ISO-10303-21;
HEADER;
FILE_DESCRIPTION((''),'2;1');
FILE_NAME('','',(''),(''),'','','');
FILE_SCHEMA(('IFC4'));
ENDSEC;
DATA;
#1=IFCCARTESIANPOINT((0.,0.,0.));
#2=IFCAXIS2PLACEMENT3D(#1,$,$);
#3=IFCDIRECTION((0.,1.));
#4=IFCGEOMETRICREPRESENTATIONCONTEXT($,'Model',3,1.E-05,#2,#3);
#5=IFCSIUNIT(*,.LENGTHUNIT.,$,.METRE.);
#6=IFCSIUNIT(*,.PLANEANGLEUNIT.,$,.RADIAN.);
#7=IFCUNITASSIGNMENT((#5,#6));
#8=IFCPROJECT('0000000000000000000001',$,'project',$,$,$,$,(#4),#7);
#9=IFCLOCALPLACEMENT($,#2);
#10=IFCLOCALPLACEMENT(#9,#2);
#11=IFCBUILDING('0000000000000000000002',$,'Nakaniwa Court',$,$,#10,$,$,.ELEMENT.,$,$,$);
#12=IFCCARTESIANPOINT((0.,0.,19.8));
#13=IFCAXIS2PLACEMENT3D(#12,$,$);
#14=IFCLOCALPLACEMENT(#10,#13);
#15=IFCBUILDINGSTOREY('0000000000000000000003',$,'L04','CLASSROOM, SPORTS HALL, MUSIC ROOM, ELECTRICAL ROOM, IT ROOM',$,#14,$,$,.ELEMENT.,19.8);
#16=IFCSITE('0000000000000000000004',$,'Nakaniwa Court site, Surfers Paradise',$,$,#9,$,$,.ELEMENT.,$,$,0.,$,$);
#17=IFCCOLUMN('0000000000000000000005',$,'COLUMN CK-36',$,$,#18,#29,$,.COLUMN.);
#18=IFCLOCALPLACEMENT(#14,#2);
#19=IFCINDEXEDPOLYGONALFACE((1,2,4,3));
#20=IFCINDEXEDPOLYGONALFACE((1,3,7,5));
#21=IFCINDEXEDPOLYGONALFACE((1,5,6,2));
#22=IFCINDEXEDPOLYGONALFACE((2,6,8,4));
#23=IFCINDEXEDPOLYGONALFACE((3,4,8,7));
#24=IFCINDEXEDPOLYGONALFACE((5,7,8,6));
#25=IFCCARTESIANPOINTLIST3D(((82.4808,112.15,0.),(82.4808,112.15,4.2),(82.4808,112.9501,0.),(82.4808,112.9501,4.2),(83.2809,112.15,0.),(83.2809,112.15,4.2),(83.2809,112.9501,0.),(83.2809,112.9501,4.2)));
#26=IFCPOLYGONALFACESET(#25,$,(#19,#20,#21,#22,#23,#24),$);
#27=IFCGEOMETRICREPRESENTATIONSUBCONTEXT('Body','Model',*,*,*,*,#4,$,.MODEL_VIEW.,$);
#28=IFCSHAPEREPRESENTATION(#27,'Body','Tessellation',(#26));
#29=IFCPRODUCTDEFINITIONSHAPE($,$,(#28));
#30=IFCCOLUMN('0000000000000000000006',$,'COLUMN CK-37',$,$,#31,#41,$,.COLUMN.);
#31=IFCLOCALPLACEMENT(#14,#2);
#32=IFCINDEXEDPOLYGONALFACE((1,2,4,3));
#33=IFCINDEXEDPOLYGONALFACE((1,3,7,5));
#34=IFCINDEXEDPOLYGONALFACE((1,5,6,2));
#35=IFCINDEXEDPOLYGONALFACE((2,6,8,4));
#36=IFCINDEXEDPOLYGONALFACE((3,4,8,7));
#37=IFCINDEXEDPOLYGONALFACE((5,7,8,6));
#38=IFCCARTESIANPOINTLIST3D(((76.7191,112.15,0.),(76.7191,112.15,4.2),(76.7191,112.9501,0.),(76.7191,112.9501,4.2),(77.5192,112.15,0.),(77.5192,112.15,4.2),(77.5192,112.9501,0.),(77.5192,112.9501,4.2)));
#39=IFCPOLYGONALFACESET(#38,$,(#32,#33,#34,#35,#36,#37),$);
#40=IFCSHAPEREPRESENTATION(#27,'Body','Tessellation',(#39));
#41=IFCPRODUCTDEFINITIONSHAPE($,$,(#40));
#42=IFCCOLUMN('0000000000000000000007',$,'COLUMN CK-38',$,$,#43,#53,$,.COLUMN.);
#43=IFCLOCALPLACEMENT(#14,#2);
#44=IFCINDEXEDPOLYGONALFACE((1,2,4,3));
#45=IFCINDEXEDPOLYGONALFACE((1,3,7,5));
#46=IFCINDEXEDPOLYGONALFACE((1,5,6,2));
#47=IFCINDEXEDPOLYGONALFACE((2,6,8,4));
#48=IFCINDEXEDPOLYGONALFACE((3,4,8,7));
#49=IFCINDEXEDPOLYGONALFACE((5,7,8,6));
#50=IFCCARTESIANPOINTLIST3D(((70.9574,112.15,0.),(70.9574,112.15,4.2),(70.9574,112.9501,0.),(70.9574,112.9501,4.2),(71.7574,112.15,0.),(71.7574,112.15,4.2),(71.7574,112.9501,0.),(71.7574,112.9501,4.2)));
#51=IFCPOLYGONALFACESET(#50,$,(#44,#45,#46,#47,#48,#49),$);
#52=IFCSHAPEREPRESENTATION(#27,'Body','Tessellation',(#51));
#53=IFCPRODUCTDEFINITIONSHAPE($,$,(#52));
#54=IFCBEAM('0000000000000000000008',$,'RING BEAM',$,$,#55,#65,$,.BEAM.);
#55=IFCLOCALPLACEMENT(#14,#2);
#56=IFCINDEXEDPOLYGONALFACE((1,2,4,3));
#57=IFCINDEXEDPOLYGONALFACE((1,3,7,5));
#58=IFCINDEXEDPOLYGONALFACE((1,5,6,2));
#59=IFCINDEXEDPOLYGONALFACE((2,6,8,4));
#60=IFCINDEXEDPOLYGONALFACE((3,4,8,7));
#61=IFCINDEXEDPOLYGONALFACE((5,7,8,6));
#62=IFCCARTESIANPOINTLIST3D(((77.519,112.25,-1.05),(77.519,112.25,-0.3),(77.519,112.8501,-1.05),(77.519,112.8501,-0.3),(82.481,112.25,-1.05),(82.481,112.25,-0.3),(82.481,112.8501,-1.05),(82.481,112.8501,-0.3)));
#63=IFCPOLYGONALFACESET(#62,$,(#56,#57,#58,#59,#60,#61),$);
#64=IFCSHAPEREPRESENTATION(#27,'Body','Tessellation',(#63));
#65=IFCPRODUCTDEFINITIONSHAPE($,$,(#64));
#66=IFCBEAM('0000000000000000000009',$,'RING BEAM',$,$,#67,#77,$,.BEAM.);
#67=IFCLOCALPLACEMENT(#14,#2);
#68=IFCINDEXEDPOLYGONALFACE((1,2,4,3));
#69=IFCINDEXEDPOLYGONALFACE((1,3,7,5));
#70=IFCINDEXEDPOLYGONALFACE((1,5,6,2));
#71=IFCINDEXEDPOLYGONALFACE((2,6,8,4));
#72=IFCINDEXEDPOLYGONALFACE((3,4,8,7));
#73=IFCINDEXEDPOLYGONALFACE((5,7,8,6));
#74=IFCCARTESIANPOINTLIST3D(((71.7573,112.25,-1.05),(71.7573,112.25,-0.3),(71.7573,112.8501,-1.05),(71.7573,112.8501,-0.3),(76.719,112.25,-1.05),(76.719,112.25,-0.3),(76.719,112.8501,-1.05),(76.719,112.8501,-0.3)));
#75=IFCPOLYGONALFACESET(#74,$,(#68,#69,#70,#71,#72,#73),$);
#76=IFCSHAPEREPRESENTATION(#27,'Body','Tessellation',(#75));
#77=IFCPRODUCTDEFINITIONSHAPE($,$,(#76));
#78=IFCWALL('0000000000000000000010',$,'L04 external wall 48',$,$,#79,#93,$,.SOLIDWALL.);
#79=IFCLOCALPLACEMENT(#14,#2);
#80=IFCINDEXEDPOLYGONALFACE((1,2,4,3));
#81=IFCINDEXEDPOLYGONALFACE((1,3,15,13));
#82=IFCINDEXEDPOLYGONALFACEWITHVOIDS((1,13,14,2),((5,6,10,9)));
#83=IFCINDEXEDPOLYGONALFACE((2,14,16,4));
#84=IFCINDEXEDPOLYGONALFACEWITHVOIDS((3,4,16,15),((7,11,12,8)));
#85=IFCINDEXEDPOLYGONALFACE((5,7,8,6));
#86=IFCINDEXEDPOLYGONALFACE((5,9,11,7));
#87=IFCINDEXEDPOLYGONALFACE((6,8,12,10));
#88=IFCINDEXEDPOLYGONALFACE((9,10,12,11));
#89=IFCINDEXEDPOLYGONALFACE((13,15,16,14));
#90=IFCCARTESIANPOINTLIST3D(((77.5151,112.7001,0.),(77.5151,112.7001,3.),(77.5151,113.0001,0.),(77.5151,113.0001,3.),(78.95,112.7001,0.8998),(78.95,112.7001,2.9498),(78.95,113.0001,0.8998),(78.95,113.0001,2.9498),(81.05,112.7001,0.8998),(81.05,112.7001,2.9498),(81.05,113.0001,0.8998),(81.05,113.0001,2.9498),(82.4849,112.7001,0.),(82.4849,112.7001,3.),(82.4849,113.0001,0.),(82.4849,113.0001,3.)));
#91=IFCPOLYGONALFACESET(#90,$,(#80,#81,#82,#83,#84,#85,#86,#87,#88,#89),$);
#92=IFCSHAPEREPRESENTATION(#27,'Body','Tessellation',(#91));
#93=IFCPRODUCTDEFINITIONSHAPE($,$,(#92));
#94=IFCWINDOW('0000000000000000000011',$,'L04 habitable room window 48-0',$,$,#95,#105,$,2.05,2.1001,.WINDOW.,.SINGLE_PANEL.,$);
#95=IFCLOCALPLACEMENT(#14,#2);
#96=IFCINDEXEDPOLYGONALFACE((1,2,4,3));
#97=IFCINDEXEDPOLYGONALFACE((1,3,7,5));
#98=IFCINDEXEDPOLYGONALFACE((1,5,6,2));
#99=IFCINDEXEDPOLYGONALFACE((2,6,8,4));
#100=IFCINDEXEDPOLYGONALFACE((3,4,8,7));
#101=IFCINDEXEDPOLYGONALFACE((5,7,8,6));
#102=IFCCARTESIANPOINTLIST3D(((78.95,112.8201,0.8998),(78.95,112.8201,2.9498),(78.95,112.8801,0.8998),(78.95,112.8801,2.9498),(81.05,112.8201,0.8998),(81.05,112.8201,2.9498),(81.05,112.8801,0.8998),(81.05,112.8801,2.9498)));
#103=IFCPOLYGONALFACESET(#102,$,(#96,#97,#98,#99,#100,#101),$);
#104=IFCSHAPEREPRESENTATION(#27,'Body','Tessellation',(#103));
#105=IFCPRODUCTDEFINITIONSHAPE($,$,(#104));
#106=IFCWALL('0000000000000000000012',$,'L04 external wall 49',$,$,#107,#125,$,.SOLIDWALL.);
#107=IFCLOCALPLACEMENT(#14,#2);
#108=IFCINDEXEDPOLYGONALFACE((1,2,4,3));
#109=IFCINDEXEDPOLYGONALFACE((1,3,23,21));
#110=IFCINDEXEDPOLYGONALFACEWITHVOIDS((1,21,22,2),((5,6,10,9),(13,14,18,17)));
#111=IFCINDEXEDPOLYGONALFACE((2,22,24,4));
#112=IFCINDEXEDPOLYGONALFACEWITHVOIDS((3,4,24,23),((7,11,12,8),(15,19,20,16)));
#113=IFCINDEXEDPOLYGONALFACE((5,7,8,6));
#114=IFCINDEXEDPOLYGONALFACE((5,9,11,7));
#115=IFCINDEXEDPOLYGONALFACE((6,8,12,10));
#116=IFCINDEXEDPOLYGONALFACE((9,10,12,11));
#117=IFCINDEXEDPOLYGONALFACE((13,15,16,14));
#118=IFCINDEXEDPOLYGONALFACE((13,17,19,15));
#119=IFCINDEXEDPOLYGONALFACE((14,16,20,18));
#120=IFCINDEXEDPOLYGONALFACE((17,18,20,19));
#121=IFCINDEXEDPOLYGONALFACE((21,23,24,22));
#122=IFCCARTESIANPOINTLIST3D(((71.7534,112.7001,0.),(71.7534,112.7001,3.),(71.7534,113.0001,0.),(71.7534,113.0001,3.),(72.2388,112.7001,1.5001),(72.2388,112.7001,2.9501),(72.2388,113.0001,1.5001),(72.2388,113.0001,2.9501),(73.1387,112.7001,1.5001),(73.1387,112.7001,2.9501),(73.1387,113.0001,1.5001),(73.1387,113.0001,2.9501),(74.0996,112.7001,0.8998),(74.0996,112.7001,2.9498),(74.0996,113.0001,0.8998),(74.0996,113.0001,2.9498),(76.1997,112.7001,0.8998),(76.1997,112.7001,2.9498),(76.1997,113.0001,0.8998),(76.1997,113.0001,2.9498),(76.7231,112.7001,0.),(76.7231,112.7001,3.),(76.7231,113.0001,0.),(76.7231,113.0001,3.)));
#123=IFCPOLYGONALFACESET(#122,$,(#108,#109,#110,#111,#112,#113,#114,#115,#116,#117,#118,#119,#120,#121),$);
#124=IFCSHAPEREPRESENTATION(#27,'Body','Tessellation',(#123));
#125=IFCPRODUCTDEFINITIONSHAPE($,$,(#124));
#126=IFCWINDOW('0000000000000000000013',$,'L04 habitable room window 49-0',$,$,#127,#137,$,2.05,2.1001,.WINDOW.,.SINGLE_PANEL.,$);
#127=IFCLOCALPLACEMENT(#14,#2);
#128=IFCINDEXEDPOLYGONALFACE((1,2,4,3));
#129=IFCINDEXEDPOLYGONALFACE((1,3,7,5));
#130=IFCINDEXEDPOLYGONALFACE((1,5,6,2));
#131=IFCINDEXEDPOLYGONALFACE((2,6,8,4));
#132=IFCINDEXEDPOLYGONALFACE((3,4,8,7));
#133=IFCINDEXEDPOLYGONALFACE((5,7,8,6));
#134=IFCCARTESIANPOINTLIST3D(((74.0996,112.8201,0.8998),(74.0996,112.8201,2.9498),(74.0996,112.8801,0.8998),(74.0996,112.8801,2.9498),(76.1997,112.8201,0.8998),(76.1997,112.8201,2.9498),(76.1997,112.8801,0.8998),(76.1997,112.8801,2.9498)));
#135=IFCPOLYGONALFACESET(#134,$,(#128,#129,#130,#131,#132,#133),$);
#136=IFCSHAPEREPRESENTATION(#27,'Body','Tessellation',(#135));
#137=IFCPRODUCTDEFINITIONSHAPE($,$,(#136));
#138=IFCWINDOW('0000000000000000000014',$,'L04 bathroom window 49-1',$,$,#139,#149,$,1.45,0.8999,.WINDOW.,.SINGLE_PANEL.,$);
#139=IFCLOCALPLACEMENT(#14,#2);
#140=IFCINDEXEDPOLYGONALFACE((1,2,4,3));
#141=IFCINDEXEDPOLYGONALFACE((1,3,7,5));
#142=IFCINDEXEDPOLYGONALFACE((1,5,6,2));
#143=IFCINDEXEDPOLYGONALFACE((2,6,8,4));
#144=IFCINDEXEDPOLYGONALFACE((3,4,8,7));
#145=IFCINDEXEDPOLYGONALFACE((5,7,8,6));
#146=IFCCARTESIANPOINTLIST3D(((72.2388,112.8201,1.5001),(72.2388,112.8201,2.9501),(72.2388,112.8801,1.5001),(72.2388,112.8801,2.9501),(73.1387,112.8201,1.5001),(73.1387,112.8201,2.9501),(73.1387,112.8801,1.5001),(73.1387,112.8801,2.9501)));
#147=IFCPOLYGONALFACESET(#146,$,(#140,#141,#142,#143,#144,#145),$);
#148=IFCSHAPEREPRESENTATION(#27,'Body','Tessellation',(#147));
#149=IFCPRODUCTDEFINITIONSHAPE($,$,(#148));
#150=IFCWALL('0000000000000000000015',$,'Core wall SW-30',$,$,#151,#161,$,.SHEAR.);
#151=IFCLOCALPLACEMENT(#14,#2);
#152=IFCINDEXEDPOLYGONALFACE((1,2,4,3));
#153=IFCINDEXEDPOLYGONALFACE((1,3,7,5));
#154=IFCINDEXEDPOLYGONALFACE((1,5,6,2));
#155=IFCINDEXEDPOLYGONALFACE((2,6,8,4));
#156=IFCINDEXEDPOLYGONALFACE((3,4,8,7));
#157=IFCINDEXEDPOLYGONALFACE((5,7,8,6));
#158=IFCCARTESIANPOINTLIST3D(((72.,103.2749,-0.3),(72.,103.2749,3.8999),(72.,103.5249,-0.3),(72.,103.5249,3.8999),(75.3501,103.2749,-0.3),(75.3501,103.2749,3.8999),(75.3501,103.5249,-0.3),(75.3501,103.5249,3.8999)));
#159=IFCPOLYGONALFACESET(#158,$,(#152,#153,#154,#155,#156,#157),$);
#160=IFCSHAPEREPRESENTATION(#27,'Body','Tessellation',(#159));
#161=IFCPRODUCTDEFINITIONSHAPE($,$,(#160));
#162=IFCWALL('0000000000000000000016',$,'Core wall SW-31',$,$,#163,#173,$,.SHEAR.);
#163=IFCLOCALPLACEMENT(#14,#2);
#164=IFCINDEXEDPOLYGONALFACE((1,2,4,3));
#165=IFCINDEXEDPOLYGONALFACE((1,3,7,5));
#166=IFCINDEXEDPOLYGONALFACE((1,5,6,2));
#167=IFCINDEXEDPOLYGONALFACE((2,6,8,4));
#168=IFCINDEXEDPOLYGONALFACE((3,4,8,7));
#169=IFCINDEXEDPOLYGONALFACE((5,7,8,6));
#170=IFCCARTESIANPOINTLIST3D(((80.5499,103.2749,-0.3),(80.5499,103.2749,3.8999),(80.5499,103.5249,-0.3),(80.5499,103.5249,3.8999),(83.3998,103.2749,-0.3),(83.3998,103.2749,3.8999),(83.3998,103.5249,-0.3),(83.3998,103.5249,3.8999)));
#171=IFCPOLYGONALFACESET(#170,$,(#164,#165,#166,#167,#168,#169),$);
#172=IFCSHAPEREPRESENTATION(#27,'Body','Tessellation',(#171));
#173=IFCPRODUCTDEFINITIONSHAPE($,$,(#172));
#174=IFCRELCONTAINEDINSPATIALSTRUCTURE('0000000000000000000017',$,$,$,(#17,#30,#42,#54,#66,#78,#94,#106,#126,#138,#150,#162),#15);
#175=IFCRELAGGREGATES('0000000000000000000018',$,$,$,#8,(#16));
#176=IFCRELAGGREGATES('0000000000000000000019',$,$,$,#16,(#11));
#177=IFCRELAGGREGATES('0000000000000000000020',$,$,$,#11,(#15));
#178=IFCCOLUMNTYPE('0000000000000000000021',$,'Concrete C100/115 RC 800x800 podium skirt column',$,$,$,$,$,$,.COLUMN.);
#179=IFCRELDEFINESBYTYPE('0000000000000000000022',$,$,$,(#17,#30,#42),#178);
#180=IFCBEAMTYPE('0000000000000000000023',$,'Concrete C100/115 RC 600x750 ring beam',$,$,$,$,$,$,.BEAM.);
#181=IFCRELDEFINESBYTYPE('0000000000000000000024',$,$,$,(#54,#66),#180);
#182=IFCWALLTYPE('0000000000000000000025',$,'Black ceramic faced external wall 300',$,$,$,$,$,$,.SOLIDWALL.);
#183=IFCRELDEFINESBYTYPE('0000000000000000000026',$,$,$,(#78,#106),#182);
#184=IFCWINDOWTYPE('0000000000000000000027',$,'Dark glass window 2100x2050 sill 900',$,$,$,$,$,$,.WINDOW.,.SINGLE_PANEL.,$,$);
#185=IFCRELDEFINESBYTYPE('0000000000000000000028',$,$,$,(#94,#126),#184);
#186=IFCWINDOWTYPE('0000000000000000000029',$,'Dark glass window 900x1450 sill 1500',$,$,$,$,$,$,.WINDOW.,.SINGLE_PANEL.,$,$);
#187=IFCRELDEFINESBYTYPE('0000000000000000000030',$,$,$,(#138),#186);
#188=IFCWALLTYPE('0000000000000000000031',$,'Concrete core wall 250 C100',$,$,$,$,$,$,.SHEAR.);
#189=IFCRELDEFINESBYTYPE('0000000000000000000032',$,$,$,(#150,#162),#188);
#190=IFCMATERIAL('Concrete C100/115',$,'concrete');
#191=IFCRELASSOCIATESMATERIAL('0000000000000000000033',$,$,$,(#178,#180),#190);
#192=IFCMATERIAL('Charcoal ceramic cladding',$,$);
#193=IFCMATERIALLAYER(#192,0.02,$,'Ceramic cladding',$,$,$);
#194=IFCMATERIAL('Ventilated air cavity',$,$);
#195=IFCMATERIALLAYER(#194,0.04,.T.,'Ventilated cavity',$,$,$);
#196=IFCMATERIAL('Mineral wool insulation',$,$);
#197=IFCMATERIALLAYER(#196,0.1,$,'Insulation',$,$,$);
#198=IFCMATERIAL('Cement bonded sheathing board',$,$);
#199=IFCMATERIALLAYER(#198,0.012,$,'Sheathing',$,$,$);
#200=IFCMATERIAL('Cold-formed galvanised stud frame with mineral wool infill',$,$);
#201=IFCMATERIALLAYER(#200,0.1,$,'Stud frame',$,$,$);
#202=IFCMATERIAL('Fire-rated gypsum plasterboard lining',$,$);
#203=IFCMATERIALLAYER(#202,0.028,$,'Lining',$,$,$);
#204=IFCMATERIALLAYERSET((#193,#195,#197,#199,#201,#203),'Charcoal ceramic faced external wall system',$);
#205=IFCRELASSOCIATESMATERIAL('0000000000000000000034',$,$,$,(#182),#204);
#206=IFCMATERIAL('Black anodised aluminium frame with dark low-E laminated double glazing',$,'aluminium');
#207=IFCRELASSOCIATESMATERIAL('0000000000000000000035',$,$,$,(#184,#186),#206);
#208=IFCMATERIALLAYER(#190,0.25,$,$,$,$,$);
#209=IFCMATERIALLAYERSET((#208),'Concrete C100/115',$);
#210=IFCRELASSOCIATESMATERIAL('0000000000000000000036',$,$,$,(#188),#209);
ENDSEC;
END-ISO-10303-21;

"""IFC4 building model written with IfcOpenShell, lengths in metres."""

from ifc_helpers import new_model, si_unit, direction, frame, frame_2d, origin, origin_2d, place, context, subcontext, project, spatial, rectangle, extrude, material, layer, layer_set, material_profile, profile_set, type_object, element, fill, save


model = new_model("IFC4")

# Units and contexts
model_context = context("Model", 3, precision=1e-05, world=origin(), true_north=direction((0.0, 1.0)))
body_context = subcontext(model_context, "Body", "Model", "MODEL_VIEW")
ifc_project = project(units=[si_unit("LENGTHUNIT", "METRE"), si_unit("PLANEANGLEUNIT", "RADIAN")], contexts=[model_context])

# Site, building, storey
site_placement = place(None, origin())
site = spatial("IfcSite", under=ifc_project, at=site_placement, Name="Nakaniwa Court site, Surfers Paradise", CompositionType="ELEMENT", RefElevation=0.0)
building_placement = place(site_placement, origin())
building = spatial("IfcBuilding", under=site, at=building_placement, Name="Nakaniwa Court", CompositionType="ELEMENT")
storey_placement = place(building_placement, frame((0.0, 0.0, 19.8)))
storey = spatial("IfcBuildingStorey", under=building, at=storey_placement, Name="L04", Description="CLASSROOM, SPORTS HALL, MUSIC ROOM, ELECTRICAL ROOM, IT ROOM", CompositionType="ELEMENT", Elevation=19.8)

# Columns
ifc_material_1 = material(Name="Concrete C100/115", Category="concrete")
ifc_material_profile_1 = material_profile(ifc_material_1, rectangle(XDim=0.8, YDim=0.8, at=origin_2d()), Name="Concrete C100/115 RC 800x800 podium skirt column")
ifc_profile_set_1 = profile_set([ifc_material_profile_1], Name="Concrete C100/115")
column_type = type_object("IfcColumnType", Name="Concrete C100/115 RC 800x800 podium skirt column", PredefinedType="COLUMN", material=ifc_profile_set_1)
for number, where, z_axis, x_axis, name in (
    (1, (82.8809, 112.55, 0.0), (0.0, 0.0, 1.0), (-1.0, 0.0, 0.0), "COLUMN CK-36"),
    (2, (77.1191, 112.55, 0.0), (0.0, 0.0, 1.0), (-1.0, 0.0, 0.0), "COLUMN CK-37"),
    (3, (71.3574, 112.55, 0.0), (0.0, 0.0, 1.0), (-1.0, 0.0, 0.0), "COLUMN CK-38"),
):
    element("IfcColumn", number, at=place(storey_placement, frame(where, z_axis=z_axis, x_axis=x_axis)), inside=storey, type_object=column_type, Name=name, PredefinedType="COLUMN", context=body_context, shape_type="SweptSolid", body=[
        extrude(rectangle(XDim=0.8, YDim=0.8, at=origin_2d()), origin(), (0.0, 0.0, 1.0), 4.2),
    ])

# Beams
ifc_material_profile_2 = material_profile(ifc_material_1, rectangle(XDim=0.6001, YDim=0.75, at=origin_2d()), Name="Concrete C100/115 RC 600x750 ring beam")
ifc_profile_set_2 = profile_set([ifc_material_profile_2], Name="Concrete C100/115")
beam_type = type_object("IfcBeamType", Name="Concrete C100/115 RC 600x750 ring beam", PredefinedType="BEAM", material=ifc_profile_set_2)
beam_1_placement = place(storey_placement, frame((82.481, 112.55, -0.675), z_axis=(-1.0, 0.0, 0.0), x_axis=(0.0, -1.0, 0.0)))
element("IfcBeam", 4, at=beam_1_placement, inside=storey, type_object=beam_type, Name="RING BEAM", PredefinedType="BEAM", context=body_context, shape_type="SweptSolid", body=[
    extrude(rectangle(XDim=0.6001, YDim=0.75, at=origin_2d()), origin(), (0.0, 0.0, 1.0), 4.9619),
])
beam_2_placement = place(storey_placement, frame((76.719, 112.55, -0.675), z_axis=(-1.0, 0.0, 0.0), x_axis=(0.0, -1.0, 0.0)))
element("IfcBeam", 5, at=beam_2_placement, inside=storey, type_object=beam_type, Name="RING BEAM", PredefinedType="BEAM", context=body_context, shape_type="SweptSolid", body=[
    extrude(rectangle(XDim=0.6001, YDim=0.75, at=origin_2d()), origin(), (0.0, 0.0, 1.0), 4.9617),
])

# Wall, opening, window
ifc_material_2 = material(Name="Charcoal ceramic cladding")
ifc_layer_1 = layer(ifc_material_2, 0.02, Name="Ceramic cladding")
ifc_material_3 = material(Name="Ventilated air cavity")
ifc_layer_2 = layer(ifc_material_3, 0.04, ventilated=True, Name="Ventilated cavity")
ifc_material_4 = material(Name="Mineral wool insulation")
ifc_layer_3 = layer(ifc_material_4, 0.1, Name="Insulation")
ifc_material_5 = material(Name="Cement bonded sheathing board")
ifc_layer_4 = layer(ifc_material_5, 0.012, Name="Sheathing")
ifc_material_6 = material(Name="Cold-formed galvanised stud frame with mineral wool infill")
ifc_layer_5 = layer(ifc_material_6, 0.1, Name="Stud frame")
ifc_material_7 = material(Name="Fire-rated gypsum plasterboard lining")
ifc_layer_6 = layer(ifc_material_7, 0.028, Name="Lining")
ifc_layer_set_1 = layer_set([ifc_layer_1, ifc_layer_2, ifc_layer_3, ifc_layer_4, ifc_layer_5, ifc_layer_6], Name="Charcoal ceramic faced external wall system")
wall_type_1 = type_object("IfcWallType", Name="Black ceramic faced external wall 300", PredefinedType="SOLIDWALL", material=ifc_layer_set_1)
wall_1_placement = place(storey_placement, frame((82.4849, 112.8501, 0.0), z_axis=(0.0, 0.0, 1.0), x_axis=(-1.0, 0.0, 0.0)))
wall_1 = element("IfcWall", 6, at=wall_1_placement, inside=storey, type_object=wall_type_1, Name="L04 external wall 48", PredefinedType="SOLIDWALL", context=body_context, shape_type="SweptSolid", body=[
    extrude(rectangle(XDim=4.9697, YDim=0.3, at=frame_2d((2.4849, 0.0))), origin(), (0.0, 0.0, 1.0), 3.0),
])
opening_1_placement = place(wall_1_placement, frame((1.4348, 0.0, 0.8999)))
opening_1 = element("IfcOpeningElement", 7, at=opening_1_placement, cuts=wall_1, PredefinedType="OPENING", context=body_context, shape_type="SweptSolid", body=[
    extrude(rectangle(XDim=2.1001, YDim=2.05, at=frame_2d((1.05, 1.0249))), frame((0.0, 0.1599, 0.0), z_axis=(0.0, -1.0, 0.0), x_axis=(1.0, 0.0, 0.0)), (0.0, 0.0, 1.0), 0.3201),
])
ifc_material_8 = material(Name="Black anodised aluminium frame with dark low-E laminated double glazing", Category="aluminium")
window_type_1 = type_object("IfcWindowType", Name="Dark glass window 2100x2050 sill 900", PartitioningType="SINGLE_PANEL", PredefinedType="WINDOW", material=ifc_material_8)
window_1_placement = place(opening_1_placement, origin())
window_1 = element("IfcWindow", 8, at=window_1_placement, inside=storey, type_object=window_type_1, Name="L04 habitable room window 48-0", OverallHeight=2.05, OverallWidth=2.1001, PartitioningType="SINGLE_PANEL", PredefinedType="WINDOW", context=body_context, shape_type="SweptSolid", body=[
    extrude(rectangle(XDim=2.1001, YDim=2.05, at=frame_2d((1.05, 1.0249))), frame((0.0, 0.03, 0.0), z_axis=(0.0, -1.0, 0.0), x_axis=(1.0, 0.0, 0.0)), (0.0, 0.0, 1.0), 0.0601),
])
fill(opening_1, window_1)

# Wall, openings, windows
wall_2_placement = place(storey_placement, frame((76.7231, 112.8501, 0.0), z_axis=(0.0, 0.0, 1.0), x_axis=(-1.0, 0.0, 0.0)))
wall_2 = element("IfcWall", 9, at=wall_2_placement, inside=storey, type_object=wall_type_1, Name="L04 external wall 49", PredefinedType="SOLIDWALL", context=body_context, shape_type="SweptSolid", body=[
    extrude(rectangle(XDim=4.9697, YDim=0.3, at=frame_2d((2.4849, 0.0))), origin(), (0.0, 0.0, 1.0), 3.0),
])
opening_2_placement = place(wall_2_placement, frame((0.5234, 0.0, 0.8999)))
opening_2 = element("IfcOpeningElement", 10, at=opening_2_placement, cuts=wall_2, PredefinedType="OPENING", context=body_context, shape_type="SweptSolid", body=[
    extrude(rectangle(XDim=2.1001, YDim=2.05, at=frame_2d((1.05, 1.0249))), frame((0.0, 0.1599, 0.0), z_axis=(0.0, -1.0, 0.0), x_axis=(1.0, 0.0, 0.0)), (0.0, 0.0, 1.0), 0.3201),
])
opening_3_placement = place(wall_2_placement, frame((3.5845, 0.0, 1.5)))
opening_3 = element("IfcOpeningElement", 11, at=opening_3_placement, cuts=wall_2, PredefinedType="OPENING", context=body_context, shape_type="SweptSolid", body=[
    extrude(rectangle(XDim=0.8999, YDim=1.45, at=frame_2d((0.45, 0.7251))), frame((0.0, 0.1599, 0.0), z_axis=(0.0, -1.0, 0.0), x_axis=(1.0, 0.0, 0.0)), (0.0, 0.0, 1.0), 0.3201),
])
window_2_placement = place(opening_2_placement, origin())
window_2 = element("IfcWindow", 12, at=window_2_placement, inside=storey, type_object=window_type_1, Name="L04 habitable room window 49-0", OverallHeight=2.05, OverallWidth=2.1001, PartitioningType="SINGLE_PANEL", PredefinedType="WINDOW", context=body_context, shape_type="SweptSolid", body=[
    extrude(rectangle(XDim=2.1001, YDim=2.05, at=frame_2d((1.05, 1.0249))), frame((0.0, 0.03, 0.0), z_axis=(0.0, -1.0, 0.0), x_axis=(1.0, 0.0, 0.0)), (0.0, 0.0, 1.0), 0.0601),
])
fill(opening_2, window_2)
window_type_2 = type_object("IfcWindowType", Name="Dark glass window 900x1450 sill 1500", PartitioningType="SINGLE_PANEL", PredefinedType="WINDOW", material=ifc_material_8)
window_3_placement = place(opening_3_placement, origin())
window_3 = element("IfcWindow", 13, at=window_3_placement, inside=storey, type_object=window_type_2, Name="L04 bathroom window 49-1", OverallHeight=1.45, OverallWidth=0.8999, PartitioningType="SINGLE_PANEL", PredefinedType="WINDOW", context=body_context, shape_type="SweptSolid", body=[
    extrude(rectangle(XDim=0.8999, YDim=1.45, at=frame_2d((0.45, 0.7251))), frame((0.0, 0.03, 0.0), z_axis=(0.0, -1.0, 0.0), x_axis=(1.0, 0.0, 0.0)), (0.0, 0.0, 1.0), 0.0601),
])
fill(opening_3, window_3)

# Walls
ifc_layer_7 = layer(ifc_material_1, 0.25)
ifc_layer_set_2 = layer_set([ifc_layer_7], Name="Concrete C100/115")
wall_type_2 = type_object("IfcWallType", Name="Concrete core wall 250 C100", PredefinedType="SHEAR", material=ifc_layer_set_2)
wall_3_placement = place(storey_placement, frame((72.0, 103.3999, -0.3), z_axis=(0.0, 0.0, 1.0), x_axis=(1.0, 0.0, 0.0)))
element("IfcWall", 14, at=wall_3_placement, inside=storey, type_object=wall_type_2, Name="Core wall SW-30", PredefinedType="SHEAR", context=body_context, shape_type="SweptSolid", body=[
    extrude(rectangle(XDim=3.3501, YDim=0.25, at=frame_2d((1.675, 0.0))), origin(), (0.0, 0.0, 1.0), 4.2),
])
wall_4_placement = place(storey_placement, frame((80.55, 103.3999, -0.3), z_axis=(0.0, 0.0, 1.0), x_axis=(1.0, 0.0, 0.0)))
element("IfcWall", 15, at=wall_4_placement, inside=storey, type_object=wall_type_2, Name="Core wall SW-31", PredefinedType="SHEAR", context=body_context, shape_type="SweptSolid", body=[
    extrude(rectangle(XDim=2.8499, YDim=0.25, at=frame_2d((1.4248, 0.0))), origin(), (0.0, 0.0, 1.0), 4.2),
])

save(model, "model.ifc")
